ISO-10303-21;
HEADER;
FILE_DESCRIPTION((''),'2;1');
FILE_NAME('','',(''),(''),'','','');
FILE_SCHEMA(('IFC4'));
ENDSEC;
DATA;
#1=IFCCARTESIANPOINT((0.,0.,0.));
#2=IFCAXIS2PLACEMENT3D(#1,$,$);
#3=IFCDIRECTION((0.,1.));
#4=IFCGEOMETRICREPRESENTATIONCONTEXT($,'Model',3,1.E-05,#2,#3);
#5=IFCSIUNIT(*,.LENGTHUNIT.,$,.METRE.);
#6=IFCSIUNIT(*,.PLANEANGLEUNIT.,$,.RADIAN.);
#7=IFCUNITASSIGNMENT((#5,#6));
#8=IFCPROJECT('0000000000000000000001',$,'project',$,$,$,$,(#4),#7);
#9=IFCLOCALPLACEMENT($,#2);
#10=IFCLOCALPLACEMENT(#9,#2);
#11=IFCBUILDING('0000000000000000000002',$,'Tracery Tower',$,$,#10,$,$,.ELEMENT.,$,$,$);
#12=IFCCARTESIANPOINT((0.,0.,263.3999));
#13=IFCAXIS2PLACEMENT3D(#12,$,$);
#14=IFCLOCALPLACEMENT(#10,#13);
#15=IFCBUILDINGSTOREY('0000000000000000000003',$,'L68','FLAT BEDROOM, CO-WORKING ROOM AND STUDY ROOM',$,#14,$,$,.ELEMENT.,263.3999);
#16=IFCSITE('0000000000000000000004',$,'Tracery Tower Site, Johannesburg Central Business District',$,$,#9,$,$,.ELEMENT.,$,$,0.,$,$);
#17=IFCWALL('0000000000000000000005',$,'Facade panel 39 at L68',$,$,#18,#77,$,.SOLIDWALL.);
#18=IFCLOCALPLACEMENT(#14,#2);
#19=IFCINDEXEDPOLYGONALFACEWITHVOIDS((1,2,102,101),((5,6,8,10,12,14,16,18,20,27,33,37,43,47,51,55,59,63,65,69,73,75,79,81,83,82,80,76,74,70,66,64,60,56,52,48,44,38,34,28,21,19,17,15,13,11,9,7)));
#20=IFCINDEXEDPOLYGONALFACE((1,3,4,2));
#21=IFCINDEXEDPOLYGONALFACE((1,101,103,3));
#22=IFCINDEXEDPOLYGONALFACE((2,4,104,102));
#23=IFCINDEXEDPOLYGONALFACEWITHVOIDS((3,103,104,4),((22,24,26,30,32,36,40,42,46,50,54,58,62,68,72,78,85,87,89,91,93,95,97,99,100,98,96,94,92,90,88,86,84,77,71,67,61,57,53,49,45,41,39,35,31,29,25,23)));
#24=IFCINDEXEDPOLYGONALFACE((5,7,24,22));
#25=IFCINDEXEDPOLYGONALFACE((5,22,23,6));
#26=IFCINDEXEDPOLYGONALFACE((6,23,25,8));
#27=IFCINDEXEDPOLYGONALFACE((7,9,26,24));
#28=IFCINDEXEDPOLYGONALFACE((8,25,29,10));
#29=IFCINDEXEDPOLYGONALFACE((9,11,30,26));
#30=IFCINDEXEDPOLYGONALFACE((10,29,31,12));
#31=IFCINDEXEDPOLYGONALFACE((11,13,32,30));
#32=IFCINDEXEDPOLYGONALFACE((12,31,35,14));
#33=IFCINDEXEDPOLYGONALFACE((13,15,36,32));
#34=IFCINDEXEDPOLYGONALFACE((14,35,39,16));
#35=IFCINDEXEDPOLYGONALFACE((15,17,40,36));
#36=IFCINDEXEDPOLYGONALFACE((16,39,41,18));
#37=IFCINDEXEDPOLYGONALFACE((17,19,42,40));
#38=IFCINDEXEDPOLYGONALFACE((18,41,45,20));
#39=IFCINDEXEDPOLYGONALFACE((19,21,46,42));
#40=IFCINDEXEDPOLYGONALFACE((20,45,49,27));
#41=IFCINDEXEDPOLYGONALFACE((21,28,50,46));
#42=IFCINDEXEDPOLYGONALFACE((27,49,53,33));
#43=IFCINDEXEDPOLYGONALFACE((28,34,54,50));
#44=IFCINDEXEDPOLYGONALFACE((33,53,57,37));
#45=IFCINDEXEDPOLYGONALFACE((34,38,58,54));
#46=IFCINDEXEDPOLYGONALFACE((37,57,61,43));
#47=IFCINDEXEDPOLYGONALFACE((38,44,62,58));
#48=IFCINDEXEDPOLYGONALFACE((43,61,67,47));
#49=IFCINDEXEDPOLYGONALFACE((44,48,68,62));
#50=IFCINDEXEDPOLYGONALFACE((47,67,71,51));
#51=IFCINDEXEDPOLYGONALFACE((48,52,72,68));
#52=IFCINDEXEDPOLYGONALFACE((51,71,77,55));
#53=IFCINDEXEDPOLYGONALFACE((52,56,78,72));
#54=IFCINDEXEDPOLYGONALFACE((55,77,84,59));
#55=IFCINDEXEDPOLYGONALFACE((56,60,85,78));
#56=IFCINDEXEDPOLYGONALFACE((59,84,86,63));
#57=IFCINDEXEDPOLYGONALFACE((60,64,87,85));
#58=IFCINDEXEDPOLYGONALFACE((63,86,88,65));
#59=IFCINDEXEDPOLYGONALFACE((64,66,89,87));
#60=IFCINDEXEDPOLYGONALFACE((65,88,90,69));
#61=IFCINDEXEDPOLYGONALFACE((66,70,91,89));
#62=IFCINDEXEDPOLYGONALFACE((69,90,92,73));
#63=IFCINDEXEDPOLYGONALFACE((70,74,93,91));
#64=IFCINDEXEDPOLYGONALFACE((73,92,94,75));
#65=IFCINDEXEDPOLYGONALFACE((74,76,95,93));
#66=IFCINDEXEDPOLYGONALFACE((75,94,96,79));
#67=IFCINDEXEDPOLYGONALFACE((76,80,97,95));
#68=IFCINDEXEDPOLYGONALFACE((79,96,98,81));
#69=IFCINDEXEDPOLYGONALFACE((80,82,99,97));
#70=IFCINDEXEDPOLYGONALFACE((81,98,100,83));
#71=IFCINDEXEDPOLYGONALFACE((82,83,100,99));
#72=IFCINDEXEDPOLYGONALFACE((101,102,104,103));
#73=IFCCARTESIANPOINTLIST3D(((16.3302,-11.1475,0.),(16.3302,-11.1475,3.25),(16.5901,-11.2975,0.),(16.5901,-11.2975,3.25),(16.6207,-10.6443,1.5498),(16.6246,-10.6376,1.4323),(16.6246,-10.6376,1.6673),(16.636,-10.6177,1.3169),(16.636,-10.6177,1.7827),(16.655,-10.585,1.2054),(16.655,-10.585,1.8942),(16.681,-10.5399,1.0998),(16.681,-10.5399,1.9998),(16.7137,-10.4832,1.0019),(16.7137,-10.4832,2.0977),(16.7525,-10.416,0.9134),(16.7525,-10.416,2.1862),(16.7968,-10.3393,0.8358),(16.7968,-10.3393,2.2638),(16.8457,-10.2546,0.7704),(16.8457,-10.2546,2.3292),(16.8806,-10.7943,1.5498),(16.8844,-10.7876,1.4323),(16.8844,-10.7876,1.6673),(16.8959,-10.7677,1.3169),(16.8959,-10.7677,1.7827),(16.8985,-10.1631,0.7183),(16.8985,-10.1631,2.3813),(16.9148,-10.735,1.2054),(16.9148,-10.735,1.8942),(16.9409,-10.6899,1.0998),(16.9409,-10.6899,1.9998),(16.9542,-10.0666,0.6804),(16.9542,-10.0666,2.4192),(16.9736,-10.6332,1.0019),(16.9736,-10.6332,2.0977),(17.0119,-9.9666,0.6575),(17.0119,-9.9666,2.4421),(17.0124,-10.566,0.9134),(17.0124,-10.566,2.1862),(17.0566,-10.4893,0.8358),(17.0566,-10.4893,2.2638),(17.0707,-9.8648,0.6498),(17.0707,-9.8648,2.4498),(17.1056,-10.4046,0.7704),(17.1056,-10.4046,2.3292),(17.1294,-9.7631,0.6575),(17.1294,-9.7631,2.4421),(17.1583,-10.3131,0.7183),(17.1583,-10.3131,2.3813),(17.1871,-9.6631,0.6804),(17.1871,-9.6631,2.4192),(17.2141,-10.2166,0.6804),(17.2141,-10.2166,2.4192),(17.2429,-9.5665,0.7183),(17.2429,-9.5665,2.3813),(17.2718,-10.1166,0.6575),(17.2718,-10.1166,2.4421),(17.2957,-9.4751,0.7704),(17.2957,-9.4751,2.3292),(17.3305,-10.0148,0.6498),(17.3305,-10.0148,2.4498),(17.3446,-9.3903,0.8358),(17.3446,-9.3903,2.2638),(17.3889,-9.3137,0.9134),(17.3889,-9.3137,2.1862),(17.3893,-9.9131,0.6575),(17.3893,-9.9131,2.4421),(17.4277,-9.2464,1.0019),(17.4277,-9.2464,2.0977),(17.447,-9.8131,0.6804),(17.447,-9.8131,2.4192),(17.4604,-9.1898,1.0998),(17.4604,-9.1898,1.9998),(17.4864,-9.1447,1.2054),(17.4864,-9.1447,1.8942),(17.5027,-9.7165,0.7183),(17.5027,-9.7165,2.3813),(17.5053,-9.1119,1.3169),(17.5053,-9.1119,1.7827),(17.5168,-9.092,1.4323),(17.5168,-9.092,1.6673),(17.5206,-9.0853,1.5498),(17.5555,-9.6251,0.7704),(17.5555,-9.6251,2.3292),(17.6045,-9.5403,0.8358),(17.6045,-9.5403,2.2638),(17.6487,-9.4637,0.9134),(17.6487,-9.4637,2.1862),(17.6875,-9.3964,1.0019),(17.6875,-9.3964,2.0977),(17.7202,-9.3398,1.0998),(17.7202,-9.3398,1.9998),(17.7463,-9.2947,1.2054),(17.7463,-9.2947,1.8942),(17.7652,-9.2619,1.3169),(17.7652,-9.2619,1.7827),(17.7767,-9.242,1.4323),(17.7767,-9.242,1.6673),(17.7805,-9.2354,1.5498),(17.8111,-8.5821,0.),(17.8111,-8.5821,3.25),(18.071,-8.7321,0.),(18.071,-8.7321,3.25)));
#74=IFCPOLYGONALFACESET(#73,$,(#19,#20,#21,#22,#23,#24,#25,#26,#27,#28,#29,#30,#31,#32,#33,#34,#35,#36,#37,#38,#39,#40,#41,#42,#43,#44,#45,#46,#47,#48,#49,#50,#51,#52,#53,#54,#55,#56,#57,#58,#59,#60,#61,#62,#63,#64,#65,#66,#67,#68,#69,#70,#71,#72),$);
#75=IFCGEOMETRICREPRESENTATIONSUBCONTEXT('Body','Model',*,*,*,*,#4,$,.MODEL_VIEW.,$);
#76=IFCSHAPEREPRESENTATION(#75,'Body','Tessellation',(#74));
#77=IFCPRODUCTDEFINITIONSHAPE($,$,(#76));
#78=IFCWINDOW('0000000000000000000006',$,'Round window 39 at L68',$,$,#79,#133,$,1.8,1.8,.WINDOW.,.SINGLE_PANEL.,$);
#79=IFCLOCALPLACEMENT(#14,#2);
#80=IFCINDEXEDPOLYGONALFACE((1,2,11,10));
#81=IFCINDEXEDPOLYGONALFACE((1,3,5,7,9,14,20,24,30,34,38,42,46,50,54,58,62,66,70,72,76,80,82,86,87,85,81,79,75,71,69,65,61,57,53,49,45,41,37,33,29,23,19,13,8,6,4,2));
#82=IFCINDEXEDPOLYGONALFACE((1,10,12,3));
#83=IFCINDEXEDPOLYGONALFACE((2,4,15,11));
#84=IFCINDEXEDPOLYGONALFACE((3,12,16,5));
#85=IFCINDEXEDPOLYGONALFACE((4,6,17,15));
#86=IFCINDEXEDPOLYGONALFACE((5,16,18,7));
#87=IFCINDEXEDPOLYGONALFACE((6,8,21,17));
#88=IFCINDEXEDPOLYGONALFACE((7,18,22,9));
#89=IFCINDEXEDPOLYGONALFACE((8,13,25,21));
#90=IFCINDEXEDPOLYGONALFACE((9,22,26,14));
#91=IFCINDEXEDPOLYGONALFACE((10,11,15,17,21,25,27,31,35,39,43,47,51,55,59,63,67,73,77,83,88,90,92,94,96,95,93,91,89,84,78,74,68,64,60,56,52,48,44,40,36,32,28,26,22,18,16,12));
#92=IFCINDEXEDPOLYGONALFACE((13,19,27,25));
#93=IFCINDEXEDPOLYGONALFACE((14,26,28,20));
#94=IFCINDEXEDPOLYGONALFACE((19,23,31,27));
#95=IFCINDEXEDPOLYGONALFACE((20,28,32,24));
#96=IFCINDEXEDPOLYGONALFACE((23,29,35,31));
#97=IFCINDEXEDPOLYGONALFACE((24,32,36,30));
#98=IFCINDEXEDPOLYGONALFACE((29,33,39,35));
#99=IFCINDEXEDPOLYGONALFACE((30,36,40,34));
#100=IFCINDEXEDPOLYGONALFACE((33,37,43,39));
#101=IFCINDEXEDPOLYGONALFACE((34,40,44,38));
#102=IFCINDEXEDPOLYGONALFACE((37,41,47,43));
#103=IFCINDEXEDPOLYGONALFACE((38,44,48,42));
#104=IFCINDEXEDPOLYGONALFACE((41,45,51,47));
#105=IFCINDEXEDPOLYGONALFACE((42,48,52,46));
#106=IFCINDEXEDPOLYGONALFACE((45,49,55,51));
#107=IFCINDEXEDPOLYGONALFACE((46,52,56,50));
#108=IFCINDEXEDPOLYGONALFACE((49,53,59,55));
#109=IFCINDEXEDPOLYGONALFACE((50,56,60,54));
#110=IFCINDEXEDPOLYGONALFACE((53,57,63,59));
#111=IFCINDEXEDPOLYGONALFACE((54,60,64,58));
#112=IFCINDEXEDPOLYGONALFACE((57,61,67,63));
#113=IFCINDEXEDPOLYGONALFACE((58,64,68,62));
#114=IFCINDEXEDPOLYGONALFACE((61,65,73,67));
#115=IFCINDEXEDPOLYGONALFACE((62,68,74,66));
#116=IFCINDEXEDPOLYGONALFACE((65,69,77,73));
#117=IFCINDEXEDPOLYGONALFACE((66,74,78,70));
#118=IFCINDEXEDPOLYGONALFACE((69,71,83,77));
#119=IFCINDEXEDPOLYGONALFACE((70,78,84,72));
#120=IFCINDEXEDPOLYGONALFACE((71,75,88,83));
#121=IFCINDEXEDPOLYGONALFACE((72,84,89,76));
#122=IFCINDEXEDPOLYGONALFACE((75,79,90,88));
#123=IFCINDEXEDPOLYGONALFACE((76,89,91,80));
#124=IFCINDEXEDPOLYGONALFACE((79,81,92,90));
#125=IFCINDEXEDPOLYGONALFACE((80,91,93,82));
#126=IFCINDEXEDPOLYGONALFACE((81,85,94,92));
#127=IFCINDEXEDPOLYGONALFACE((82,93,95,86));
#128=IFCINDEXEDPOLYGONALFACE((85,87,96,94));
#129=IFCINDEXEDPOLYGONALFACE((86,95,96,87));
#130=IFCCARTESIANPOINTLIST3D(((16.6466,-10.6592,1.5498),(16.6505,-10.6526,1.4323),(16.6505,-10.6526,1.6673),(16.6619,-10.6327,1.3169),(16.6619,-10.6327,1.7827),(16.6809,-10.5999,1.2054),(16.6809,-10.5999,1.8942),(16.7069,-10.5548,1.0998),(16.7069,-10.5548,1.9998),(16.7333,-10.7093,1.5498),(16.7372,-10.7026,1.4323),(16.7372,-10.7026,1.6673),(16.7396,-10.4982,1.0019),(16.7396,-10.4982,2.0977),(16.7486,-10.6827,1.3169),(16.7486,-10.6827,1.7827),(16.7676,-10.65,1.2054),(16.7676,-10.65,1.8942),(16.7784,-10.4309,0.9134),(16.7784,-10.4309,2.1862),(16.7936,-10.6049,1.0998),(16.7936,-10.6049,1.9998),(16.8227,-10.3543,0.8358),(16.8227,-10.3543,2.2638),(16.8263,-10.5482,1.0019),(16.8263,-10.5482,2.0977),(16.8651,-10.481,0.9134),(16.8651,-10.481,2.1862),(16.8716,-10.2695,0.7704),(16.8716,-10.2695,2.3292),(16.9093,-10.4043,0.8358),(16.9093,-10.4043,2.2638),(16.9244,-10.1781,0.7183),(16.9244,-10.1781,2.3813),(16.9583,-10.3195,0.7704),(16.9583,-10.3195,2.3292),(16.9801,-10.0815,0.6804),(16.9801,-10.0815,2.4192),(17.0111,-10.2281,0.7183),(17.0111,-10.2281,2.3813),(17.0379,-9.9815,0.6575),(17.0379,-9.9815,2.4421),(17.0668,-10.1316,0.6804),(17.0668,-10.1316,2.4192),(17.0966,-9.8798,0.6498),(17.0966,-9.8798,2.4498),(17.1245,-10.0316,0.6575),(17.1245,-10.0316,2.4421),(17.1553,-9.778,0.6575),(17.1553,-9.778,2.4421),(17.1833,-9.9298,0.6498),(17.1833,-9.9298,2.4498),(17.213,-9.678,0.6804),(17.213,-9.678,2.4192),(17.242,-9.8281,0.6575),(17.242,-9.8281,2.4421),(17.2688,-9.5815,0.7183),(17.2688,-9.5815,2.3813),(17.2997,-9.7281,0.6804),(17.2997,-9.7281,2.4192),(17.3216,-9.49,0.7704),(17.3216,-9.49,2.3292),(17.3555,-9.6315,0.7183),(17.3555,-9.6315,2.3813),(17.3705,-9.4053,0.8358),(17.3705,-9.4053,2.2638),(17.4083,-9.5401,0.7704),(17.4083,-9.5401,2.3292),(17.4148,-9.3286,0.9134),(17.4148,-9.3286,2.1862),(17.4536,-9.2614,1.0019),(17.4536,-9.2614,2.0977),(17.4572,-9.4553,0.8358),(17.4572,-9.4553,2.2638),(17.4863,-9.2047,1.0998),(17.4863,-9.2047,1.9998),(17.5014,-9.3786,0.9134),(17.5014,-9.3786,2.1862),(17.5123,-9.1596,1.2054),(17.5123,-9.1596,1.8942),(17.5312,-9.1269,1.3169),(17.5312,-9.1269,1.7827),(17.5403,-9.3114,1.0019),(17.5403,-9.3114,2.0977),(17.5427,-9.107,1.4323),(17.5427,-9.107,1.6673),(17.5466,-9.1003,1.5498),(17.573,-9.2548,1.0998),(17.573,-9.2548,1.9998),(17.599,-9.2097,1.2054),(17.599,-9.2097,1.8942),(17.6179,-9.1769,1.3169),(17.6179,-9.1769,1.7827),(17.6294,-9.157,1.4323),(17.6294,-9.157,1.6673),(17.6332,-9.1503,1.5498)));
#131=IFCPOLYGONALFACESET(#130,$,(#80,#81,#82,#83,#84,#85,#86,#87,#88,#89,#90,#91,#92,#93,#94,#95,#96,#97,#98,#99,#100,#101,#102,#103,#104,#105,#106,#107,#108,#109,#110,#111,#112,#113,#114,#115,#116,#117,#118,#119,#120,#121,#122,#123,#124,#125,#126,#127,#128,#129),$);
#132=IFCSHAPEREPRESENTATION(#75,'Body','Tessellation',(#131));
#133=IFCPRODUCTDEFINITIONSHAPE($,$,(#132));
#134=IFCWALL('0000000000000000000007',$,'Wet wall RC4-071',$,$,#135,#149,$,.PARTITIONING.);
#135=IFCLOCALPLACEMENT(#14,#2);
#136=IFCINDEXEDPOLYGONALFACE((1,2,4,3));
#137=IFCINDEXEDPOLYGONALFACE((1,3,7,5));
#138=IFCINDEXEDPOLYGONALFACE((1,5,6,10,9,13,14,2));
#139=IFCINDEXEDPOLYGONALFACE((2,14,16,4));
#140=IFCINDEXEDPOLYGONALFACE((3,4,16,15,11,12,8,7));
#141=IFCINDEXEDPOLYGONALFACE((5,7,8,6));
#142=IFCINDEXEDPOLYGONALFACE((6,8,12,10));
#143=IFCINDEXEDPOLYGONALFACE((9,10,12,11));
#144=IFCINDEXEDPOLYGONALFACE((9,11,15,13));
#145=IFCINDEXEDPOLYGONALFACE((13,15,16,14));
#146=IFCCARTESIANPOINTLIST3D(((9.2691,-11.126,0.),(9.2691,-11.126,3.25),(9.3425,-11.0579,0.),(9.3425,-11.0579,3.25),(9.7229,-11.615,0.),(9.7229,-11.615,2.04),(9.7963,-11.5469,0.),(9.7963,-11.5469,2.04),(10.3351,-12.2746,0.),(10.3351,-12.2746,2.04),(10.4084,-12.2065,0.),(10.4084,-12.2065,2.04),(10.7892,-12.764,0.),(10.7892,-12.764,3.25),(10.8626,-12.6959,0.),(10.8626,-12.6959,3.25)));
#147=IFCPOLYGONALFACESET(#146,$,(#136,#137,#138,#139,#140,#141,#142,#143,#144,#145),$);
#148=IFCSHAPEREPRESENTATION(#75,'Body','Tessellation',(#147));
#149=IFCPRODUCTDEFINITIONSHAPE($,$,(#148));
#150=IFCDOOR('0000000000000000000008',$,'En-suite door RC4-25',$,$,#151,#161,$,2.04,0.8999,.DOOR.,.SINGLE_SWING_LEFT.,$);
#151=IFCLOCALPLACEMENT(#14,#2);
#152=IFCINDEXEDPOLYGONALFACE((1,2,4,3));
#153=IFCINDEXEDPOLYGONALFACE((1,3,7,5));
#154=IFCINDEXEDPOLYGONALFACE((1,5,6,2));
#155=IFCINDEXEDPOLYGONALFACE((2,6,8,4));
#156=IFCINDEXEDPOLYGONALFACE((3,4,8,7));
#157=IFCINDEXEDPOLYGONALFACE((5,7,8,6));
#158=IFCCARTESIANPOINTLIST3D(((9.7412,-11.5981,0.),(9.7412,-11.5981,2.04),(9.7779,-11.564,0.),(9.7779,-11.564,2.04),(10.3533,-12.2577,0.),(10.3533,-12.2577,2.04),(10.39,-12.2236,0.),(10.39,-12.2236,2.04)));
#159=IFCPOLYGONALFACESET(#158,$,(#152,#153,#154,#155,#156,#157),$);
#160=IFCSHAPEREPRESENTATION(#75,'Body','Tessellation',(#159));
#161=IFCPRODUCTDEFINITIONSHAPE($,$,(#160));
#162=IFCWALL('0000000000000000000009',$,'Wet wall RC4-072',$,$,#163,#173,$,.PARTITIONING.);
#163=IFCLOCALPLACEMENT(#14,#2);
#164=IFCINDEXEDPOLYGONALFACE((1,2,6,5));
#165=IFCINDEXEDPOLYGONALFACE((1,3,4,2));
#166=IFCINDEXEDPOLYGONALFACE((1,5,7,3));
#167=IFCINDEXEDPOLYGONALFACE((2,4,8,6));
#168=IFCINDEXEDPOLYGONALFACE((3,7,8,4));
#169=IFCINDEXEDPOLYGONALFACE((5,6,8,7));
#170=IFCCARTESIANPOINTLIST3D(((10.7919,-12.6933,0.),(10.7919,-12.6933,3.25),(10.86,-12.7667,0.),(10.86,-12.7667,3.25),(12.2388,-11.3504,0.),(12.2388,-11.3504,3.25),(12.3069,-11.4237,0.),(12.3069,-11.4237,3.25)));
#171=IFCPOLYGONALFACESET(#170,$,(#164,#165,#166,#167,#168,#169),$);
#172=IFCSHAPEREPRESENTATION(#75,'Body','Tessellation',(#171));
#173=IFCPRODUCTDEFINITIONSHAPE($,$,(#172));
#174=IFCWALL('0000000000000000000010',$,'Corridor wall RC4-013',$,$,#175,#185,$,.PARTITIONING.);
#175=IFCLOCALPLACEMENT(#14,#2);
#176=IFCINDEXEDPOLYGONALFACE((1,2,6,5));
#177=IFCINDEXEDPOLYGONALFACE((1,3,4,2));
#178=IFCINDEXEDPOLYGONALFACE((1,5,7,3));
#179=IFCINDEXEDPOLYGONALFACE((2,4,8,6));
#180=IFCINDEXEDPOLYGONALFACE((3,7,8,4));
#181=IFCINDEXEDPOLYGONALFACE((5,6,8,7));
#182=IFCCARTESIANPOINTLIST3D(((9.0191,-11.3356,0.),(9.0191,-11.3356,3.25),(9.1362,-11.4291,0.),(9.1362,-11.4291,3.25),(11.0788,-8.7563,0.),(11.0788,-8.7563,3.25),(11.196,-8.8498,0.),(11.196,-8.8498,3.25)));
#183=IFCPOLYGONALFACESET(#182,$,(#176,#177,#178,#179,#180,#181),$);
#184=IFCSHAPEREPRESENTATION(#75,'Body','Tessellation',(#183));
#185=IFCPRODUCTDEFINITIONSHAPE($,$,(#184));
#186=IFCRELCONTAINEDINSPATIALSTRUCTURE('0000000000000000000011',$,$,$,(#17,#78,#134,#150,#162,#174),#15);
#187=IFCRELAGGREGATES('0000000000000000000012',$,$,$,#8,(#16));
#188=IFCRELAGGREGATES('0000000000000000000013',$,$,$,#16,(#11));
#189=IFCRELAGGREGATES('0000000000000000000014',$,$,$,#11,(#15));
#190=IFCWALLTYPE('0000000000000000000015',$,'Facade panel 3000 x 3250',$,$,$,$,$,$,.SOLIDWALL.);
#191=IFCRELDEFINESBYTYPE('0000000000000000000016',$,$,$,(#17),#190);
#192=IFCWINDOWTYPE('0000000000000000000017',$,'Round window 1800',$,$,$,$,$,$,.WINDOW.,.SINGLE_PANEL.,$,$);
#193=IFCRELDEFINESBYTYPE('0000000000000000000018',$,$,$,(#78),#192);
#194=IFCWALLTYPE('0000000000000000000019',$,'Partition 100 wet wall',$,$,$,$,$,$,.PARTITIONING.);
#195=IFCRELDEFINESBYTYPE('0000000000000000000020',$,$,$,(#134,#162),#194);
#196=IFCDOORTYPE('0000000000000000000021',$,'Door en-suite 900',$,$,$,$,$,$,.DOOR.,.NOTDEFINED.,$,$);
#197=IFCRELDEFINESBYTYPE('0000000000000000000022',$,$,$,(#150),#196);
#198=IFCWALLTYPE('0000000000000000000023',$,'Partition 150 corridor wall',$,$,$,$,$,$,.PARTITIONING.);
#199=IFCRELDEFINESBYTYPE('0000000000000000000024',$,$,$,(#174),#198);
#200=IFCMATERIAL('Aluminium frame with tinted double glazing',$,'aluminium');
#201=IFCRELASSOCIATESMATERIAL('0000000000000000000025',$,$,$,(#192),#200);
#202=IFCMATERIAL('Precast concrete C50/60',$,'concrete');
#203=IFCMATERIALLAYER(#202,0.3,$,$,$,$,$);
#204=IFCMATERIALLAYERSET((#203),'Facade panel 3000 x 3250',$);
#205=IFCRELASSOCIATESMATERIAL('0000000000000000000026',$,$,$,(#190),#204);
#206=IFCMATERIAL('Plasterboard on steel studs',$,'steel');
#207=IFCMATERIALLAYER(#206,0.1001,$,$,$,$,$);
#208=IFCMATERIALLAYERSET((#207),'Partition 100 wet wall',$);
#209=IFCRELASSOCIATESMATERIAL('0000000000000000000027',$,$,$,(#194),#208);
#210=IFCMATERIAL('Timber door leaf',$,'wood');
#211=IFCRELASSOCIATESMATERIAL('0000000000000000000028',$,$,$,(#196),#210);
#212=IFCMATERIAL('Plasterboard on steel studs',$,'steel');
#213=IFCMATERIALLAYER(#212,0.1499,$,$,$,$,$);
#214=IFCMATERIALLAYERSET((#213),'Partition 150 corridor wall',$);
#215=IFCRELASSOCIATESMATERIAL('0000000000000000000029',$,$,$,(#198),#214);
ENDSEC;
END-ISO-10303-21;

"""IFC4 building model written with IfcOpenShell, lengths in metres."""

from ifc_helpers import new_model, si_unit, direction, frame, frame_2d, origin, origin_2d, place, context, subcontext, project, spatial, rectangle, circle, extrude, material, layer, layer_set, type_object, element, fill, save


model = new_model("IFC4")

# Units and contexts
model_context = context("Model", 3, precision=1e-05, world=origin(), true_north=direction((0.0, 1.0)))
body_context = subcontext(model_context, "Body", "Model", "MODEL_VIEW")
ifc_project = project(units=[si_unit("LENGTHUNIT", "METRE"), si_unit("PLANEANGLEUNIT", "RADIAN")], contexts=[model_context])

# Site, building, storey
site_placement = place(None, origin())
site = spatial("IfcSite", under=ifc_project, at=site_placement, Name="Tracery Tower Site, Johannesburg Central Business District", CompositionType="ELEMENT", RefElevation=0.0)
building_placement = place(site_placement, origin())
building = spatial("IfcBuilding", under=site, at=building_placement, Name="Tracery Tower", CompositionType="ELEMENT")
storey_placement = place(building_placement, frame((0.0, 0.0, 263.3999)))
storey = spatial("IfcBuildingStorey", under=building, at=storey_placement, Name="L68", Description="FLAT BEDROOM, CO-WORKING ROOM AND STUDY ROOM", CompositionType="ELEMENT", Elevation=263.3999)

# Wall, opening, window
ifc_material_1 = material(Name="Aluminium frame with tinted double glazing", Category="aluminium")
window_type = type_object("IfcWindowType", Name="Round window 1800", PartitioningType="SINGLE_PANEL", PredefinedType="WINDOW", material=ifc_material_1)
ifc_material_2 = material(Name="Precast concrete C50/60", Category="concrete")
ifc_layer_1 = layer(ifc_material_2, 0.3)
ifc_layer_set_1 = layer_set([ifc_layer_1], Name="Facade panel 3000 x 3250")
wall_type_1 = type_object("IfcWallType", Name="Facade panel 3000 x 3250", PredefinedType="SOLIDWALL", material=ifc_layer_set_1)
wall_1_placement = place(storey_placement, frame((16.4602, -11.2224, 0.0), z_axis=(0.0, 0.0, 1.0), x_axis=(0.499951, 0.866054, 0.0)))
wall_1 = element("IfcWall", 1, at=wall_1_placement, inside=storey, type_object=wall_type_1, Name="Facade panel 39 at L68", PredefinedType="SOLIDWALL", context=body_context, shape_type="SweptSolid", body=[
    extrude(rectangle(XDim=2.9622, YDim=0.3, at=frame_2d((1.481, 0.0))), origin(), (0.0, 0.0, 1.0), 3.25),
])
opening_1_placement = place(wall_1_placement, frame((1.481, 0.0, 1.5498)))
opening_1 = element("IfcOpeningElement", 2, at=opening_1_placement, cuts=wall_1, PredefinedType="OPENING", context=body_context, shape_type="SweptSolid", body=[
    extrude(circle(Radius=0.9, at=origin_2d()), frame((0.0, 0.1599, 0.0), z_axis=(0.0, -1.0, 0.0), x_axis=(1.0, 0.0, 0.0)), (0.0, 0.0, 1.0), 0.3201),
])
window_1_placement = place(opening_1_placement, origin())
window_1 = element("IfcWindow", 3, at=window_1_placement, inside=storey, type_object=window_type, Name="Round window 39 at L68", OverallHeight=1.8, OverallWidth=1.8, PartitioningType="SINGLE_PANEL", PredefinedType="WINDOW", context=body_context, shape_type="SweptSolid", body=[
    extrude(circle(Radius=0.9, at=origin_2d()), frame((0.0, 0.1201, 0.0), z_axis=(0.0, -1.0, 0.0), x_axis=(1.0, 0.0, 0.0)), (0.0, 0.0, 1.0), 0.1001),
])
fill(opening_1, window_1)

# Wall, opening, door
ifc_material_3 = material(Name="Plasterboard on steel studs", Category="steel")
ifc_layer_2 = layer(ifc_material_3, 0.1001)
ifc_layer_set_2 = layer_set([ifc_layer_2], Name="Partition 100 wet wall")
wall_type_2 = type_object("IfcWallType", Name="Partition 100 wet wall", PredefinedType="PARTITIONING", material=ifc_layer_set_2)
wall_2_placement = place(storey_placement, frame((9.3059, -11.092, 0.0), z_axis=(0.0, 0.0, 1.0), x_axis=(0.680229, -0.733, 0.0)))
wall_2 = element("IfcWall", 4, at=wall_2_placement, inside=storey, type_object=wall_type_2, Name="Wet wall RC4-071", PredefinedType="PARTITIONING", context=body_context, shape_type="SweptSolid", body=[
    extrude(rectangle(XDim=2.2346, YDim=0.1001, at=frame_2d((1.1172, 0.0))), origin(), (0.0, 0.0, 1.0), 3.25),
])
opening_2_placement = place(wall_2_placement, frame((0.667, 0.0, 0.0)))
opening_2 = element("IfcOpeningElement", 5, at=opening_2_placement, cuts=wall_2, PredefinedType="OPENING", context=body_context, shape_type="SweptSolid", body=[
    extrude(rectangle(XDim=0.8999, YDim=2.04, at=frame_2d((0.45, 1.02))), frame((0.0, 0.05, 0.0), z_axis=(0.0, -1.0, 0.0), x_axis=(1.0, 0.0, 0.0)), (0.0, 0.0, 1.0), 0.1001),
])
ifc_material_4 = material(Name="Timber door leaf", Category="wood")
door_type = type_object("IfcDoorType", Name="Door en-suite 900", OperationType="NOTDEFINED", PredefinedType="DOOR", material=ifc_material_4)
door_placement = place(opening_2_placement, origin())
door = element("IfcDoor", 6, at=door_placement, inside=storey, type_object=door_type, Name="En-suite door RC4-25", OperationType="SINGLE_SWING_LEFT", OverallHeight=2.04, OverallWidth=0.8999, PredefinedType="DOOR", context=body_context, shape_type="SweptSolid", body=[
    extrude(rectangle(XDim=0.8999, YDim=2.04, at=frame_2d((0.45, 1.02))), frame((0.0, 0.0249, 0.0), z_axis=(0.0, -1.0, 0.0), x_axis=(1.0, 0.0, 0.0)), (0.0, 0.0, 1.0), 0.05),
])
fill(opening_2, door)

# Walls
wall_3_placement = place(storey_placement, frame((10.8259, -12.73, 0.0), z_axis=(0.0, 0.0, 1.0), x_axis=(0.732956, 0.680276, 0.0)))
element("IfcWall", 7, at=wall_3_placement, inside=storey, type_object=wall_type_2, Name="Wet wall RC4-072", PredefinedType="PARTITIONING", context=body_context, shape_type="SweptSolid", body=[
    extrude(rectangle(XDim=1.9741, YDim=0.1001, at=frame_2d((0.9871, 0.0))), origin(), (0.0, 0.0, 1.0), 3.25),
])
ifc_material_5 = material(Name="Plasterboard on steel studs", Category="steel")
ifc_layer_3 = layer(ifc_material_5, 0.1499)
ifc_layer_set_3 = layer_set([ifc_layer_3], Name="Partition 150 corridor wall")
wall_type_3 = type_object("IfcWallType", Name="Partition 150 corridor wall", PredefinedType="PARTITIONING", material=ifc_layer_set_3)
wall_4_placement = place(storey_placement, frame((9.0776, -11.3823, 0.0), z_axis=(0.0, 0.0, 1.0), x_axis=(0.624018, 0.78141, 0.0)))
element("IfcWall", 8, at=wall_4_placement, inside=storey, type_object=wall_type_3, Name="Corridor wall RC4-013", PredefinedType="PARTITIONING", context=body_context, shape_type="SweptSolid", body=[
    extrude(rectangle(XDim=3.3008, YDim=0.1499, at=frame_2d((1.6504, 0.0))), origin(), (0.0, 0.0, 1.0), 3.25),
])

save(model, "model.ifc")
